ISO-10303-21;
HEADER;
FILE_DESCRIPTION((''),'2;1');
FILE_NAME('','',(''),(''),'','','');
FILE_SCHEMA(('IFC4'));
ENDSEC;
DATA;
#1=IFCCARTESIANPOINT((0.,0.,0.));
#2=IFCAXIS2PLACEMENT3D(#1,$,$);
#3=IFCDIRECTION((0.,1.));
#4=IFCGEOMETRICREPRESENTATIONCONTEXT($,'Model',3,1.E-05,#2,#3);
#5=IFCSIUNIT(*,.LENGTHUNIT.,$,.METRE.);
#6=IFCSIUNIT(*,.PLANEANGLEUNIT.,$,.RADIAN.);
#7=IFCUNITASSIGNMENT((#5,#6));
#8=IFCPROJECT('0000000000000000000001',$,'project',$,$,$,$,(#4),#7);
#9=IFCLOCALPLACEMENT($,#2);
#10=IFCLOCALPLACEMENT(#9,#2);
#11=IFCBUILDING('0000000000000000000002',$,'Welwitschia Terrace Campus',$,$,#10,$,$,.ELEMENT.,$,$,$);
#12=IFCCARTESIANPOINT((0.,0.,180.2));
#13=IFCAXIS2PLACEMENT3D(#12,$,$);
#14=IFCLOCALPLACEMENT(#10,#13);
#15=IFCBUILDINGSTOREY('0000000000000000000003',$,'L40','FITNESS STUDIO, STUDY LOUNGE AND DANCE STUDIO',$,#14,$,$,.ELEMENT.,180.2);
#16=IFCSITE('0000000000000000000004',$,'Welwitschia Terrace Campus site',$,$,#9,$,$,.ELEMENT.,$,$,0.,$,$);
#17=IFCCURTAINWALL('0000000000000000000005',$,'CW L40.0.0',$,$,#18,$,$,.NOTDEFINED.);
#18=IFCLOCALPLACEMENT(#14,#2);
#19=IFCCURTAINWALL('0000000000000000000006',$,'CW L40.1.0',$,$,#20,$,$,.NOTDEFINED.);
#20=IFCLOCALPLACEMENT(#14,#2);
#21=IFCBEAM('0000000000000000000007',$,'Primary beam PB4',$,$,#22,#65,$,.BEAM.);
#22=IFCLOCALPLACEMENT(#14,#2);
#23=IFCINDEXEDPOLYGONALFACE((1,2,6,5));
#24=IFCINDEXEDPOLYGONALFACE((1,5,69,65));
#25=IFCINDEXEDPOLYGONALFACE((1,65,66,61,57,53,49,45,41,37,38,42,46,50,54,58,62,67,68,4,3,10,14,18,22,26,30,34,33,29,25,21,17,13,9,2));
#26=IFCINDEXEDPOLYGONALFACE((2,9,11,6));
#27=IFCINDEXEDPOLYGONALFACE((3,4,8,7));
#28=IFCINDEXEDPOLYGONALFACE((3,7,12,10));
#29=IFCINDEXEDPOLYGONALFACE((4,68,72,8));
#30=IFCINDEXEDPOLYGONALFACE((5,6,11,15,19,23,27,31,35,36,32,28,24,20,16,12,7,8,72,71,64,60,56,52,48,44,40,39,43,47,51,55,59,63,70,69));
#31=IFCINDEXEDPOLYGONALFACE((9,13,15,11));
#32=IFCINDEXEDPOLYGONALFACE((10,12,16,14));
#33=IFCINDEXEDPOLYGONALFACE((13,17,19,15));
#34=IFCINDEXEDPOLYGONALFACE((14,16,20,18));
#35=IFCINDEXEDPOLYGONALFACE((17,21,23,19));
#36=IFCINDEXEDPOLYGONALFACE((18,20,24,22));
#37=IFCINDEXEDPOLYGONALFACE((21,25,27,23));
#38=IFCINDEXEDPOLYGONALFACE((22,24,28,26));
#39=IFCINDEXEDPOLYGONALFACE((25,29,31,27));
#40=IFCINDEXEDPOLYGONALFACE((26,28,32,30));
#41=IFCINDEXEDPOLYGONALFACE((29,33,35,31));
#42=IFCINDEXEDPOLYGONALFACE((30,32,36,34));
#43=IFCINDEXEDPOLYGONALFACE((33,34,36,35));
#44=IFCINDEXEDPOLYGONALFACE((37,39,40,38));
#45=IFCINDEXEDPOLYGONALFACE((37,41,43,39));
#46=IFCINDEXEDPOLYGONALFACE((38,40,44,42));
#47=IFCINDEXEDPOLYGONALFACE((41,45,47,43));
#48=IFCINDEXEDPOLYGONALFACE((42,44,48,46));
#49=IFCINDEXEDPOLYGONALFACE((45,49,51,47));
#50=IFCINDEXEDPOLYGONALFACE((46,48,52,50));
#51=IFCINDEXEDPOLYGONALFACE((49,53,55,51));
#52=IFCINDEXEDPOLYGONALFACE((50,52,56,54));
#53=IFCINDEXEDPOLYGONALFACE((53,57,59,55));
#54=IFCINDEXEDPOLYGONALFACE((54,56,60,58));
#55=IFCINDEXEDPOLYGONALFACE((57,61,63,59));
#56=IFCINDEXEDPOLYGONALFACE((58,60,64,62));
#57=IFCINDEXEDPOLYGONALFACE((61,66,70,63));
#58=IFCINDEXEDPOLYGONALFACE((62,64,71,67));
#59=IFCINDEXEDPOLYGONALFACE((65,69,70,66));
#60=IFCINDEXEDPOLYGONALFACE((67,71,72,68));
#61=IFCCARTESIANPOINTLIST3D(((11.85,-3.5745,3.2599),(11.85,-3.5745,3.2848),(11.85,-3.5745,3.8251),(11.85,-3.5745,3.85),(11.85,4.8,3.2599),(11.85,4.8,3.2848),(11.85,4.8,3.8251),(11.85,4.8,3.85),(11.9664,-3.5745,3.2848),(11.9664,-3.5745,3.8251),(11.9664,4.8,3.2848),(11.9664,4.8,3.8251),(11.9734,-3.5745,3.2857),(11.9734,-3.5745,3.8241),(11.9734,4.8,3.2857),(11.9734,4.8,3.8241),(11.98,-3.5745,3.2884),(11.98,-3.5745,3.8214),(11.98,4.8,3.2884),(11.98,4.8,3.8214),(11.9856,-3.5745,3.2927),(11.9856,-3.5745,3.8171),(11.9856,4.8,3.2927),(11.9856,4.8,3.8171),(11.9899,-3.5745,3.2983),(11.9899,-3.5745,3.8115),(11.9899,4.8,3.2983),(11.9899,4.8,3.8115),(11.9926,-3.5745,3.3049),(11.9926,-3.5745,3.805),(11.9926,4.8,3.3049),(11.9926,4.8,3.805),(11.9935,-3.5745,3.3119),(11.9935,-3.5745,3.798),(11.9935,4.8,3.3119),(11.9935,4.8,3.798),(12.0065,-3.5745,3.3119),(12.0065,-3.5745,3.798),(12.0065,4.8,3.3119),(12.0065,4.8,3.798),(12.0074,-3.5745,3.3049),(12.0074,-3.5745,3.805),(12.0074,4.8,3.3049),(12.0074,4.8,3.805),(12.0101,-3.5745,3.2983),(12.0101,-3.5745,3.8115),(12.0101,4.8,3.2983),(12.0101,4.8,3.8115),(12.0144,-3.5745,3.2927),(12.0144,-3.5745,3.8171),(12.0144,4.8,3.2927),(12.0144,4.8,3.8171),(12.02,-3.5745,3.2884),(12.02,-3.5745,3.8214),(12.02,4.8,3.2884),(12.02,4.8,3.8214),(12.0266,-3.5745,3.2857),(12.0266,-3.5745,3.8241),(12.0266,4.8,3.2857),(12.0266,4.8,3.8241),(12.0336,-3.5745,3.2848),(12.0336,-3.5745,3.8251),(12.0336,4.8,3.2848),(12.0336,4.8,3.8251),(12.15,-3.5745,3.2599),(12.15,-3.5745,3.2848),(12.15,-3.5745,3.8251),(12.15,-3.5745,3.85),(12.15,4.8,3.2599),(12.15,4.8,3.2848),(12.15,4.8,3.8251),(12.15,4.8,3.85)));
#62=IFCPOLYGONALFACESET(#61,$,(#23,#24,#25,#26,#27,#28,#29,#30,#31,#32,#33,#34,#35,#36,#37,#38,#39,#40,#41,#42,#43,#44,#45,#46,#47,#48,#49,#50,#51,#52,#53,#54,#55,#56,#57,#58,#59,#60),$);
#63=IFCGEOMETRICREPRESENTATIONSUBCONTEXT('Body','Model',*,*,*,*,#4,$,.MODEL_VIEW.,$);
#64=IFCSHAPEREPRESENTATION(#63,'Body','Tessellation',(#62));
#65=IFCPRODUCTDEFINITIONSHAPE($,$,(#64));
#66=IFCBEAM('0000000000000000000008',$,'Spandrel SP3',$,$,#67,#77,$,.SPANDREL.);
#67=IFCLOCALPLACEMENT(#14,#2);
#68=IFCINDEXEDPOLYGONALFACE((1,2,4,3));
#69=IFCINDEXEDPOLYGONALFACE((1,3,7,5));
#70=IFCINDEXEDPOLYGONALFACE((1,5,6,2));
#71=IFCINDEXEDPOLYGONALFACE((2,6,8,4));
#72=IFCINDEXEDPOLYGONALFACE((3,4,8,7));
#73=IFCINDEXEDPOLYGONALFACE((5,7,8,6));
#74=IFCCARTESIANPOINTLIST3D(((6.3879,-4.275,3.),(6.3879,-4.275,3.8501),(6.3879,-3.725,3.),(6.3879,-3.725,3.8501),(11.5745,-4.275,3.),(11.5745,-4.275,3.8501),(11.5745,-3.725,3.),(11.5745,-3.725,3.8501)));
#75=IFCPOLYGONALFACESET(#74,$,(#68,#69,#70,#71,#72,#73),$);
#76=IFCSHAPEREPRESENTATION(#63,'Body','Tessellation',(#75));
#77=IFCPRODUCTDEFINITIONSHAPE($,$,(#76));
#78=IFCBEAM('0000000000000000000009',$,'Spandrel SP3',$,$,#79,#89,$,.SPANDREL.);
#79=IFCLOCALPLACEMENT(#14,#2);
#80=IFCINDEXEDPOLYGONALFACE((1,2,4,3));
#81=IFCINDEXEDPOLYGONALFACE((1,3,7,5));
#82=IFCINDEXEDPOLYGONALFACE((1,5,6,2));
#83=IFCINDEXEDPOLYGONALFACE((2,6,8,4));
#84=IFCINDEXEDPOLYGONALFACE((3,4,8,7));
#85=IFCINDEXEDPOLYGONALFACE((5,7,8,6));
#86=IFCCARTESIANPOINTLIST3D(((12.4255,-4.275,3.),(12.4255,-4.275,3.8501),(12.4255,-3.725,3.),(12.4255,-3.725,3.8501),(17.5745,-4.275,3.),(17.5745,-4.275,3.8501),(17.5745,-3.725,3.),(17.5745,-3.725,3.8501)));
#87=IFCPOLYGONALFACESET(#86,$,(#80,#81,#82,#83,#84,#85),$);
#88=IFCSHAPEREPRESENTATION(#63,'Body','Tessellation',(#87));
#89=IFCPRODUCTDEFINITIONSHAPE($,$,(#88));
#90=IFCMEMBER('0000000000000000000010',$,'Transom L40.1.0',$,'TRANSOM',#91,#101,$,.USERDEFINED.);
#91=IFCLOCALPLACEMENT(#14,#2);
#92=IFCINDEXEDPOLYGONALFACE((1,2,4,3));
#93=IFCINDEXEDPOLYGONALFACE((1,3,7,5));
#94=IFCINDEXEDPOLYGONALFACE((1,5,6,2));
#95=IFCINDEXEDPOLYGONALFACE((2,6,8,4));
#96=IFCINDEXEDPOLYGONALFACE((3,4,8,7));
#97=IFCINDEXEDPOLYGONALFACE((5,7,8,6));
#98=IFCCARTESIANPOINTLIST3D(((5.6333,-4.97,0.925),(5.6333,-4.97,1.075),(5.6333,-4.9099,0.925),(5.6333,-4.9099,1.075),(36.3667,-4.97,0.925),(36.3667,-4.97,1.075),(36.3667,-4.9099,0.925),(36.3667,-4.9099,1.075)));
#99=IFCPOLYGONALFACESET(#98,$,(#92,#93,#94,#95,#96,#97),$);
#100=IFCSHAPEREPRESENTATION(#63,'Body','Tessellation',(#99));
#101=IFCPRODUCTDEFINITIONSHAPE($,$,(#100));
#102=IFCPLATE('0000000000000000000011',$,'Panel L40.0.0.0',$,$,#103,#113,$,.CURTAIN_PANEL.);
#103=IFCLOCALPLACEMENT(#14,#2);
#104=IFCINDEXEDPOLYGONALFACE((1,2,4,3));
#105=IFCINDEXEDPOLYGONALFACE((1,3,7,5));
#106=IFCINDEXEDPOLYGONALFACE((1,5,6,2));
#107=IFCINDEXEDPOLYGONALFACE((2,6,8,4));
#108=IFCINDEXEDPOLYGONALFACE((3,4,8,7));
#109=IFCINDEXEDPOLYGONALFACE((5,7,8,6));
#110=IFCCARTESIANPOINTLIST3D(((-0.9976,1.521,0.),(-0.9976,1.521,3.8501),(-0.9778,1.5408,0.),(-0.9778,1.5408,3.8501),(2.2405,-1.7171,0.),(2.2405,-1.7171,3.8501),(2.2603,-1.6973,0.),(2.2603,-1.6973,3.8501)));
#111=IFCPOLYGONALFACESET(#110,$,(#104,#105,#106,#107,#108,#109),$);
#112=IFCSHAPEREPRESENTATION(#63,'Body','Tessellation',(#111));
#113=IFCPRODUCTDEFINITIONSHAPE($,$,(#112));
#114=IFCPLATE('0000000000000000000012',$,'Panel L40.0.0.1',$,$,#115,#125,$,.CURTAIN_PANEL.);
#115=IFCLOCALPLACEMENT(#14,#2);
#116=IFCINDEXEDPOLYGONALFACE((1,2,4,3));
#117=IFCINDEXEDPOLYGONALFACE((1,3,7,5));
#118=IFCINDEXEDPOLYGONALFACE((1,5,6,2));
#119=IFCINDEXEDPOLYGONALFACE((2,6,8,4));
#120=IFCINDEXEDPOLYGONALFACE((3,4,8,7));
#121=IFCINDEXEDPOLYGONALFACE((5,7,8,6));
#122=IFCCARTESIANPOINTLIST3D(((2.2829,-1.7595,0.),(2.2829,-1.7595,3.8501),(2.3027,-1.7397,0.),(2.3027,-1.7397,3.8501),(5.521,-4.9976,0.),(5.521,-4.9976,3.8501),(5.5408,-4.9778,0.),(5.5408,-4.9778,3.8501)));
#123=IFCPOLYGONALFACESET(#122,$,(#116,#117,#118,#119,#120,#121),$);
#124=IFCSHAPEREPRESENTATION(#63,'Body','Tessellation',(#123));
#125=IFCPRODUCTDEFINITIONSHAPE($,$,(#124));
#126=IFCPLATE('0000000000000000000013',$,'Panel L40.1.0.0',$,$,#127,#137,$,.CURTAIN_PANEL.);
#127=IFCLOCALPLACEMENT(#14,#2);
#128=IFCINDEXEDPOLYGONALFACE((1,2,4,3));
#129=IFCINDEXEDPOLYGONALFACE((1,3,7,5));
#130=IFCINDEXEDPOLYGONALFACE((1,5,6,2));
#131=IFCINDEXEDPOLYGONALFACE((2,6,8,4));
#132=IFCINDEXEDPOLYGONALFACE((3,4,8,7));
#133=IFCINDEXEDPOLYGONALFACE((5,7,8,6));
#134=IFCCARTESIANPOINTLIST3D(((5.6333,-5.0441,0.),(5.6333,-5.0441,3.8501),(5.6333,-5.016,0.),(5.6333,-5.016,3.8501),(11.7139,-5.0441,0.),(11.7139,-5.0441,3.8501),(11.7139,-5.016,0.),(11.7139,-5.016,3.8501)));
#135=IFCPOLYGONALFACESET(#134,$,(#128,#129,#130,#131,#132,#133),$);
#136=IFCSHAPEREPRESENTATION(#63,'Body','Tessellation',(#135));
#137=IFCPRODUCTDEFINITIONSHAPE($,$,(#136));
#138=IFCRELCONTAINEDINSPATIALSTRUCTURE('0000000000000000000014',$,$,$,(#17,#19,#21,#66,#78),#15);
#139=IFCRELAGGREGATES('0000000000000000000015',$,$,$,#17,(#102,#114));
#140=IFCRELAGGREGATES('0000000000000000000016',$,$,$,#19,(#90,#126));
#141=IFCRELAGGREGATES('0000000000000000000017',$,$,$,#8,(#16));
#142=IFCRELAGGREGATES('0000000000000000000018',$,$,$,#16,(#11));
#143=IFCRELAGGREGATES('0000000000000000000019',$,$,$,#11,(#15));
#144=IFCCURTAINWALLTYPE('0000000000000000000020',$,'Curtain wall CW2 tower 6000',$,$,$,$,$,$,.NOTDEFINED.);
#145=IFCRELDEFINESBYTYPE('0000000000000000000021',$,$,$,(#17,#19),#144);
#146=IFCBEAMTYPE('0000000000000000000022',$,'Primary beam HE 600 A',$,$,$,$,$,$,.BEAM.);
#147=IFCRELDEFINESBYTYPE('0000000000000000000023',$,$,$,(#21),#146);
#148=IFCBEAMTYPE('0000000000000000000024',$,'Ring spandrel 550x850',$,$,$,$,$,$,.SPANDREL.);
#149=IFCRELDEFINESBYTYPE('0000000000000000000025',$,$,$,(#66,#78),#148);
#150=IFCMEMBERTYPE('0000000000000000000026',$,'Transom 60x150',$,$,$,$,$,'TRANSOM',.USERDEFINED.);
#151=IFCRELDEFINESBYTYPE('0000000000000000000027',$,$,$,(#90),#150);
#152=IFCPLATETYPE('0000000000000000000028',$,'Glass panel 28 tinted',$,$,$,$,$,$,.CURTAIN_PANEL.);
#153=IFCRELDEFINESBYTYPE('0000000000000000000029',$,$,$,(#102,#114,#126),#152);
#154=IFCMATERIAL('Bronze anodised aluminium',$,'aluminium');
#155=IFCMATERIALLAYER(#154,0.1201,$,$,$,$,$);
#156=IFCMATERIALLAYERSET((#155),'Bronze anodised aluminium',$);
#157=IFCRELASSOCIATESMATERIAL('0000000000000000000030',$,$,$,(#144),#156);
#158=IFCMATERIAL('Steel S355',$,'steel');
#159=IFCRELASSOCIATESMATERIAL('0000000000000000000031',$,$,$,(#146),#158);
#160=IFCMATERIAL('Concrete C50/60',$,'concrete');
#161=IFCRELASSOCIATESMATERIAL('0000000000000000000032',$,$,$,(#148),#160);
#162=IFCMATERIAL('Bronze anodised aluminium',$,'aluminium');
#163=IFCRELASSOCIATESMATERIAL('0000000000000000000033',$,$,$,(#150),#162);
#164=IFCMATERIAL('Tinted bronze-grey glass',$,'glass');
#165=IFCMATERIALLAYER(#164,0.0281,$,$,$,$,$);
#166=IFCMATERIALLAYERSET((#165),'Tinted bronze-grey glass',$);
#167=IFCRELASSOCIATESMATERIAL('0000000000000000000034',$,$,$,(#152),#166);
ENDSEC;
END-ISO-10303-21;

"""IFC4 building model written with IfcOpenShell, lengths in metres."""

from ifc_helpers import new_model, si_unit, direction, frame, origin, origin_2d, place, context, subcontext, project, spatial, rectangle, i_section, extrude, material, layer, layer_set, material_profile, profile_set, type_object, element, aggregate, save


model = new_model("IFC4")

# Units and contexts
model_context = context("Model", 3, precision=1e-05, world=origin(), true_north=direction((0.0, 1.0)))
body_context = subcontext(model_context, "Body", "Model", "MODEL_VIEW")
ifc_project = project(units=[si_unit("LENGTHUNIT", "METRE"), si_unit("PLANEANGLEUNIT", "RADIAN")], contexts=[model_context])

# Site, building, storey
site_placement = place(None, origin())
site = spatial("IfcSite", under=ifc_project, at=site_placement, Name="Welwitschia Terrace Campus site", CompositionType="ELEMENT", RefElevation=0.0)
building_placement = place(site_placement, origin())
building = spatial("IfcBuilding", under=site, at=building_placement, Name="Welwitschia Terrace Campus", CompositionType="ELEMENT")
storey_placement = place(building_placement, frame((0.0, 0.0, 180.2)))
storey = spatial("IfcBuildingStorey", under=building, at=storey_placement, Name="L40", Description="FITNESS STUDIO, STUDY LOUNGE AND DANCE STUDIO", CompositionType="ELEMENT", Elevation=180.2)

# Curtain walls
ifc_material_1 = material(Name="Bronze anodised aluminium", Category="aluminium")
ifc_layer_1 = layer(ifc_material_1, 0.1201)
ifc_layer_set_1 = layer_set([ifc_layer_1], Name="Bronze anodised aluminium")
curtain_wall_type = type_object("IfcCurtainWallType", Name="Curtain wall CW2 tower 6000", PredefinedType="NOTDEFINED", material=ifc_layer_set_1)
curtain_wall_1_placement = place(storey_placement, origin())
curtain_wall_1 = element("IfcCurtainWall", 1, at=curtain_wall_1_placement, inside=storey, type_object=curtain_wall_type, Name="CW L40.0.0", PredefinedType="NOTDEFINED")
curtain_wall_2_placement = place(storey_placement, origin())
curtain_wall_2 = element("IfcCurtainWall", 2, at=curtain_wall_2_placement, inside=storey, type_object=curtain_wall_type, Name="CW L40.1.0", PredefinedType="NOTDEFINED")

# Beams
ifc_material_2 = material(Name="Steel S355", Category="steel")
ifc_material_profile_1 = material_profile(ifc_material_2, i_section(OverallWidth=0.3, OverallDepth=0.5901, WebThickness=0.0129, FlangeThickness=0.0249, FilletRadius=0.0271, at=origin_2d()))
ifc_profile_set_1 = profile_set([ifc_material_profile_1], Name="Steel S355")
beam_type_1 = type_object("IfcBeamType", Name="Primary beam HE 600 A", PredefinedType="BEAM", material=ifc_profile_set_1)
beam_1_placement = place(storey_placement, frame((12.0, -3.5745, 3.5549), z_axis=(0.0, 1.0, 0.0), x_axis=(-1.0, 0.0, 0.0)))
element("IfcBeam", 3, at=beam_1_placement, inside=storey, type_object=beam_type_1, Name="Primary beam PB4", PredefinedType="BEAM", context=body_context, shape_type="SweptSolid", body=[
    extrude(i_section(OverallWidth=0.3, OverallDepth=0.5901, WebThickness=0.0129, FlangeThickness=0.0249, FilletRadius=0.0271, at=origin_2d()), origin(), (0.0, 0.0, 1.0), 8.3745),
])
ifc_material_3 = material(Name="Concrete C50/60", Category="concrete")
ifc_material_profile_2 = material_profile(ifc_material_3, rectangle(XDim=0.55, YDim=0.8501, at=origin_2d()))
ifc_profile_set_2 = profile_set([ifc_material_profile_2], Name="Concrete C50/60")
beam_type_2 = type_object("IfcBeamType", Name="Ring spandrel 550x850", PredefinedType="SPANDREL", material=ifc_profile_set_2)
beam_2_placement = place(storey_placement, frame((6.3879, -4.0, 3.425), z_axis=(1.0, 0.0, 0.0), x_axis=(0.0, 1.0, 0.0)))
element("IfcBeam", 4, at=beam_2_placement, inside=storey, type_object=beam_type_2, Name="Spandrel SP3", PredefinedType="SPANDREL", context=body_context, shape_type="SweptSolid", body=[
    extrude(rectangle(XDim=0.55, YDim=0.8501, at=origin_2d()), origin(), (0.0, 0.0, 1.0), 5.1865),
])
beam_3_placement = place(storey_placement, frame((12.4255, -4.0, 3.425), z_axis=(1.0, 0.0, 0.0), x_axis=(0.0, 1.0, 0.0)))
element("IfcBeam", 5, at=beam_3_placement, inside=storey, type_object=beam_type_2, Name="Spandrel SP3", PredefinedType="SPANDREL", context=body_context, shape_type="SweptSolid", body=[
    extrude(rectangle(XDim=0.55, YDim=0.8501, at=origin_2d()), origin(), (0.0, 0.0, 1.0), 5.1489),
])

# Member
ifc_material_4 = material(Name="Bronze anodised aluminium", Category="aluminium")
ifc_material_profile_3 = material_profile(ifc_material_4, rectangle(XDim=0.0601, YDim=0.1499, at=origin_2d()))
ifc_profile_set_3 = profile_set([ifc_material_profile_3], Name="Bronze anodised aluminium")
member_type_1 = type_object("IfcMemberType", Name="Transom 60x150", ElementType="TRANSOM", PredefinedType="USERDEFINED", material=ifc_profile_set_3)
member_1_placement = place(storey_placement, frame((5.6333, -4.9399, 1.0), z_axis=(1.0, 0.0, 0.0), x_axis=(0.0, 1.0, 0.0)))
member_1 = element("IfcMember", 6, at=member_1_placement, type_object=member_type_1, Name="Transom L40.1.0", ObjectType="TRANSOM", PredefinedType="USERDEFINED", context=body_context, shape_type="SweptSolid", body=[
    extrude(rectangle(XDim=0.0601, YDim=0.1499, at=origin_2d()), origin(), (0.0, 0.0, 1.0), 30.7334),
])

# Plates
ifc_material_5 = material(Name="Tinted bronze-grey glass", Category="glass")
ifc_layer_2 = layer(ifc_material_5, 0.0281)
ifc_layer_set_2 = layer_set([ifc_layer_2], Name="Tinted bronze-grey glass")
plate_type = type_object("IfcPlateType", Name="Glass panel 28 tinted", PredefinedType="CURTAIN_PANEL", material=ifc_layer_set_2)
plate_1_placement = place(storey_placement, frame((0.6313, -0.0881, 0.0), z_axis=(0.0, 0.0, 1.0), x_axis=(0.707107, -0.707107, 0.0)))
plate_1 = element("IfcPlate", 7, at=plate_1_placement, type_object=plate_type, Name="Panel L40.0.0.0", PredefinedType="CURTAIN_PANEL", context=body_context, shape_type="SweptSolid", body=[
    extrude(rectangle(XDim=4.5793, YDim=0.0281, at=origin_2d()), origin(), (0.0, 0.0, 1.0), 3.8501),
])
plate_2_placement = place(storey_placement, frame((3.9119, -3.3687, 0.0), z_axis=(0.0, 0.0, 1.0), x_axis=(0.707107, -0.707107, 0.0)))
plate_2 = element("IfcPlate", 8, at=plate_2_placement, type_object=plate_type, Name="Panel L40.0.0.1", PredefinedType="CURTAIN_PANEL", context=body_context, shape_type="SweptSolid", body=[
    extrude(rectangle(XDim=4.5793, YDim=0.0281, at=origin_2d()), origin(), (0.0, 0.0, 1.0), 3.8501),
])
aggregate(curtain_wall_1, [plate_1, plate_2])
plate_3_placement = place(storey_placement, frame((8.6736, -5.03, 0.0), z_axis=(0.0, 0.0, 1.0), x_axis=(1.0, 0.0, 0.0)))
plate_3 = element("IfcPlate", 9, at=plate_3_placement, type_object=plate_type, Name="Panel L40.1.0.0", PredefinedType="CURTAIN_PANEL", context=body_context, shape_type="SweptSolid", body=[
    extrude(rectangle(XDim=6.0806, YDim=0.0281, at=origin_2d()), origin(), (0.0, 0.0, 1.0), 3.8501),
])
aggregate(curtain_wall_2, [member_1, plate_3])

save(model, "model.ifc")
